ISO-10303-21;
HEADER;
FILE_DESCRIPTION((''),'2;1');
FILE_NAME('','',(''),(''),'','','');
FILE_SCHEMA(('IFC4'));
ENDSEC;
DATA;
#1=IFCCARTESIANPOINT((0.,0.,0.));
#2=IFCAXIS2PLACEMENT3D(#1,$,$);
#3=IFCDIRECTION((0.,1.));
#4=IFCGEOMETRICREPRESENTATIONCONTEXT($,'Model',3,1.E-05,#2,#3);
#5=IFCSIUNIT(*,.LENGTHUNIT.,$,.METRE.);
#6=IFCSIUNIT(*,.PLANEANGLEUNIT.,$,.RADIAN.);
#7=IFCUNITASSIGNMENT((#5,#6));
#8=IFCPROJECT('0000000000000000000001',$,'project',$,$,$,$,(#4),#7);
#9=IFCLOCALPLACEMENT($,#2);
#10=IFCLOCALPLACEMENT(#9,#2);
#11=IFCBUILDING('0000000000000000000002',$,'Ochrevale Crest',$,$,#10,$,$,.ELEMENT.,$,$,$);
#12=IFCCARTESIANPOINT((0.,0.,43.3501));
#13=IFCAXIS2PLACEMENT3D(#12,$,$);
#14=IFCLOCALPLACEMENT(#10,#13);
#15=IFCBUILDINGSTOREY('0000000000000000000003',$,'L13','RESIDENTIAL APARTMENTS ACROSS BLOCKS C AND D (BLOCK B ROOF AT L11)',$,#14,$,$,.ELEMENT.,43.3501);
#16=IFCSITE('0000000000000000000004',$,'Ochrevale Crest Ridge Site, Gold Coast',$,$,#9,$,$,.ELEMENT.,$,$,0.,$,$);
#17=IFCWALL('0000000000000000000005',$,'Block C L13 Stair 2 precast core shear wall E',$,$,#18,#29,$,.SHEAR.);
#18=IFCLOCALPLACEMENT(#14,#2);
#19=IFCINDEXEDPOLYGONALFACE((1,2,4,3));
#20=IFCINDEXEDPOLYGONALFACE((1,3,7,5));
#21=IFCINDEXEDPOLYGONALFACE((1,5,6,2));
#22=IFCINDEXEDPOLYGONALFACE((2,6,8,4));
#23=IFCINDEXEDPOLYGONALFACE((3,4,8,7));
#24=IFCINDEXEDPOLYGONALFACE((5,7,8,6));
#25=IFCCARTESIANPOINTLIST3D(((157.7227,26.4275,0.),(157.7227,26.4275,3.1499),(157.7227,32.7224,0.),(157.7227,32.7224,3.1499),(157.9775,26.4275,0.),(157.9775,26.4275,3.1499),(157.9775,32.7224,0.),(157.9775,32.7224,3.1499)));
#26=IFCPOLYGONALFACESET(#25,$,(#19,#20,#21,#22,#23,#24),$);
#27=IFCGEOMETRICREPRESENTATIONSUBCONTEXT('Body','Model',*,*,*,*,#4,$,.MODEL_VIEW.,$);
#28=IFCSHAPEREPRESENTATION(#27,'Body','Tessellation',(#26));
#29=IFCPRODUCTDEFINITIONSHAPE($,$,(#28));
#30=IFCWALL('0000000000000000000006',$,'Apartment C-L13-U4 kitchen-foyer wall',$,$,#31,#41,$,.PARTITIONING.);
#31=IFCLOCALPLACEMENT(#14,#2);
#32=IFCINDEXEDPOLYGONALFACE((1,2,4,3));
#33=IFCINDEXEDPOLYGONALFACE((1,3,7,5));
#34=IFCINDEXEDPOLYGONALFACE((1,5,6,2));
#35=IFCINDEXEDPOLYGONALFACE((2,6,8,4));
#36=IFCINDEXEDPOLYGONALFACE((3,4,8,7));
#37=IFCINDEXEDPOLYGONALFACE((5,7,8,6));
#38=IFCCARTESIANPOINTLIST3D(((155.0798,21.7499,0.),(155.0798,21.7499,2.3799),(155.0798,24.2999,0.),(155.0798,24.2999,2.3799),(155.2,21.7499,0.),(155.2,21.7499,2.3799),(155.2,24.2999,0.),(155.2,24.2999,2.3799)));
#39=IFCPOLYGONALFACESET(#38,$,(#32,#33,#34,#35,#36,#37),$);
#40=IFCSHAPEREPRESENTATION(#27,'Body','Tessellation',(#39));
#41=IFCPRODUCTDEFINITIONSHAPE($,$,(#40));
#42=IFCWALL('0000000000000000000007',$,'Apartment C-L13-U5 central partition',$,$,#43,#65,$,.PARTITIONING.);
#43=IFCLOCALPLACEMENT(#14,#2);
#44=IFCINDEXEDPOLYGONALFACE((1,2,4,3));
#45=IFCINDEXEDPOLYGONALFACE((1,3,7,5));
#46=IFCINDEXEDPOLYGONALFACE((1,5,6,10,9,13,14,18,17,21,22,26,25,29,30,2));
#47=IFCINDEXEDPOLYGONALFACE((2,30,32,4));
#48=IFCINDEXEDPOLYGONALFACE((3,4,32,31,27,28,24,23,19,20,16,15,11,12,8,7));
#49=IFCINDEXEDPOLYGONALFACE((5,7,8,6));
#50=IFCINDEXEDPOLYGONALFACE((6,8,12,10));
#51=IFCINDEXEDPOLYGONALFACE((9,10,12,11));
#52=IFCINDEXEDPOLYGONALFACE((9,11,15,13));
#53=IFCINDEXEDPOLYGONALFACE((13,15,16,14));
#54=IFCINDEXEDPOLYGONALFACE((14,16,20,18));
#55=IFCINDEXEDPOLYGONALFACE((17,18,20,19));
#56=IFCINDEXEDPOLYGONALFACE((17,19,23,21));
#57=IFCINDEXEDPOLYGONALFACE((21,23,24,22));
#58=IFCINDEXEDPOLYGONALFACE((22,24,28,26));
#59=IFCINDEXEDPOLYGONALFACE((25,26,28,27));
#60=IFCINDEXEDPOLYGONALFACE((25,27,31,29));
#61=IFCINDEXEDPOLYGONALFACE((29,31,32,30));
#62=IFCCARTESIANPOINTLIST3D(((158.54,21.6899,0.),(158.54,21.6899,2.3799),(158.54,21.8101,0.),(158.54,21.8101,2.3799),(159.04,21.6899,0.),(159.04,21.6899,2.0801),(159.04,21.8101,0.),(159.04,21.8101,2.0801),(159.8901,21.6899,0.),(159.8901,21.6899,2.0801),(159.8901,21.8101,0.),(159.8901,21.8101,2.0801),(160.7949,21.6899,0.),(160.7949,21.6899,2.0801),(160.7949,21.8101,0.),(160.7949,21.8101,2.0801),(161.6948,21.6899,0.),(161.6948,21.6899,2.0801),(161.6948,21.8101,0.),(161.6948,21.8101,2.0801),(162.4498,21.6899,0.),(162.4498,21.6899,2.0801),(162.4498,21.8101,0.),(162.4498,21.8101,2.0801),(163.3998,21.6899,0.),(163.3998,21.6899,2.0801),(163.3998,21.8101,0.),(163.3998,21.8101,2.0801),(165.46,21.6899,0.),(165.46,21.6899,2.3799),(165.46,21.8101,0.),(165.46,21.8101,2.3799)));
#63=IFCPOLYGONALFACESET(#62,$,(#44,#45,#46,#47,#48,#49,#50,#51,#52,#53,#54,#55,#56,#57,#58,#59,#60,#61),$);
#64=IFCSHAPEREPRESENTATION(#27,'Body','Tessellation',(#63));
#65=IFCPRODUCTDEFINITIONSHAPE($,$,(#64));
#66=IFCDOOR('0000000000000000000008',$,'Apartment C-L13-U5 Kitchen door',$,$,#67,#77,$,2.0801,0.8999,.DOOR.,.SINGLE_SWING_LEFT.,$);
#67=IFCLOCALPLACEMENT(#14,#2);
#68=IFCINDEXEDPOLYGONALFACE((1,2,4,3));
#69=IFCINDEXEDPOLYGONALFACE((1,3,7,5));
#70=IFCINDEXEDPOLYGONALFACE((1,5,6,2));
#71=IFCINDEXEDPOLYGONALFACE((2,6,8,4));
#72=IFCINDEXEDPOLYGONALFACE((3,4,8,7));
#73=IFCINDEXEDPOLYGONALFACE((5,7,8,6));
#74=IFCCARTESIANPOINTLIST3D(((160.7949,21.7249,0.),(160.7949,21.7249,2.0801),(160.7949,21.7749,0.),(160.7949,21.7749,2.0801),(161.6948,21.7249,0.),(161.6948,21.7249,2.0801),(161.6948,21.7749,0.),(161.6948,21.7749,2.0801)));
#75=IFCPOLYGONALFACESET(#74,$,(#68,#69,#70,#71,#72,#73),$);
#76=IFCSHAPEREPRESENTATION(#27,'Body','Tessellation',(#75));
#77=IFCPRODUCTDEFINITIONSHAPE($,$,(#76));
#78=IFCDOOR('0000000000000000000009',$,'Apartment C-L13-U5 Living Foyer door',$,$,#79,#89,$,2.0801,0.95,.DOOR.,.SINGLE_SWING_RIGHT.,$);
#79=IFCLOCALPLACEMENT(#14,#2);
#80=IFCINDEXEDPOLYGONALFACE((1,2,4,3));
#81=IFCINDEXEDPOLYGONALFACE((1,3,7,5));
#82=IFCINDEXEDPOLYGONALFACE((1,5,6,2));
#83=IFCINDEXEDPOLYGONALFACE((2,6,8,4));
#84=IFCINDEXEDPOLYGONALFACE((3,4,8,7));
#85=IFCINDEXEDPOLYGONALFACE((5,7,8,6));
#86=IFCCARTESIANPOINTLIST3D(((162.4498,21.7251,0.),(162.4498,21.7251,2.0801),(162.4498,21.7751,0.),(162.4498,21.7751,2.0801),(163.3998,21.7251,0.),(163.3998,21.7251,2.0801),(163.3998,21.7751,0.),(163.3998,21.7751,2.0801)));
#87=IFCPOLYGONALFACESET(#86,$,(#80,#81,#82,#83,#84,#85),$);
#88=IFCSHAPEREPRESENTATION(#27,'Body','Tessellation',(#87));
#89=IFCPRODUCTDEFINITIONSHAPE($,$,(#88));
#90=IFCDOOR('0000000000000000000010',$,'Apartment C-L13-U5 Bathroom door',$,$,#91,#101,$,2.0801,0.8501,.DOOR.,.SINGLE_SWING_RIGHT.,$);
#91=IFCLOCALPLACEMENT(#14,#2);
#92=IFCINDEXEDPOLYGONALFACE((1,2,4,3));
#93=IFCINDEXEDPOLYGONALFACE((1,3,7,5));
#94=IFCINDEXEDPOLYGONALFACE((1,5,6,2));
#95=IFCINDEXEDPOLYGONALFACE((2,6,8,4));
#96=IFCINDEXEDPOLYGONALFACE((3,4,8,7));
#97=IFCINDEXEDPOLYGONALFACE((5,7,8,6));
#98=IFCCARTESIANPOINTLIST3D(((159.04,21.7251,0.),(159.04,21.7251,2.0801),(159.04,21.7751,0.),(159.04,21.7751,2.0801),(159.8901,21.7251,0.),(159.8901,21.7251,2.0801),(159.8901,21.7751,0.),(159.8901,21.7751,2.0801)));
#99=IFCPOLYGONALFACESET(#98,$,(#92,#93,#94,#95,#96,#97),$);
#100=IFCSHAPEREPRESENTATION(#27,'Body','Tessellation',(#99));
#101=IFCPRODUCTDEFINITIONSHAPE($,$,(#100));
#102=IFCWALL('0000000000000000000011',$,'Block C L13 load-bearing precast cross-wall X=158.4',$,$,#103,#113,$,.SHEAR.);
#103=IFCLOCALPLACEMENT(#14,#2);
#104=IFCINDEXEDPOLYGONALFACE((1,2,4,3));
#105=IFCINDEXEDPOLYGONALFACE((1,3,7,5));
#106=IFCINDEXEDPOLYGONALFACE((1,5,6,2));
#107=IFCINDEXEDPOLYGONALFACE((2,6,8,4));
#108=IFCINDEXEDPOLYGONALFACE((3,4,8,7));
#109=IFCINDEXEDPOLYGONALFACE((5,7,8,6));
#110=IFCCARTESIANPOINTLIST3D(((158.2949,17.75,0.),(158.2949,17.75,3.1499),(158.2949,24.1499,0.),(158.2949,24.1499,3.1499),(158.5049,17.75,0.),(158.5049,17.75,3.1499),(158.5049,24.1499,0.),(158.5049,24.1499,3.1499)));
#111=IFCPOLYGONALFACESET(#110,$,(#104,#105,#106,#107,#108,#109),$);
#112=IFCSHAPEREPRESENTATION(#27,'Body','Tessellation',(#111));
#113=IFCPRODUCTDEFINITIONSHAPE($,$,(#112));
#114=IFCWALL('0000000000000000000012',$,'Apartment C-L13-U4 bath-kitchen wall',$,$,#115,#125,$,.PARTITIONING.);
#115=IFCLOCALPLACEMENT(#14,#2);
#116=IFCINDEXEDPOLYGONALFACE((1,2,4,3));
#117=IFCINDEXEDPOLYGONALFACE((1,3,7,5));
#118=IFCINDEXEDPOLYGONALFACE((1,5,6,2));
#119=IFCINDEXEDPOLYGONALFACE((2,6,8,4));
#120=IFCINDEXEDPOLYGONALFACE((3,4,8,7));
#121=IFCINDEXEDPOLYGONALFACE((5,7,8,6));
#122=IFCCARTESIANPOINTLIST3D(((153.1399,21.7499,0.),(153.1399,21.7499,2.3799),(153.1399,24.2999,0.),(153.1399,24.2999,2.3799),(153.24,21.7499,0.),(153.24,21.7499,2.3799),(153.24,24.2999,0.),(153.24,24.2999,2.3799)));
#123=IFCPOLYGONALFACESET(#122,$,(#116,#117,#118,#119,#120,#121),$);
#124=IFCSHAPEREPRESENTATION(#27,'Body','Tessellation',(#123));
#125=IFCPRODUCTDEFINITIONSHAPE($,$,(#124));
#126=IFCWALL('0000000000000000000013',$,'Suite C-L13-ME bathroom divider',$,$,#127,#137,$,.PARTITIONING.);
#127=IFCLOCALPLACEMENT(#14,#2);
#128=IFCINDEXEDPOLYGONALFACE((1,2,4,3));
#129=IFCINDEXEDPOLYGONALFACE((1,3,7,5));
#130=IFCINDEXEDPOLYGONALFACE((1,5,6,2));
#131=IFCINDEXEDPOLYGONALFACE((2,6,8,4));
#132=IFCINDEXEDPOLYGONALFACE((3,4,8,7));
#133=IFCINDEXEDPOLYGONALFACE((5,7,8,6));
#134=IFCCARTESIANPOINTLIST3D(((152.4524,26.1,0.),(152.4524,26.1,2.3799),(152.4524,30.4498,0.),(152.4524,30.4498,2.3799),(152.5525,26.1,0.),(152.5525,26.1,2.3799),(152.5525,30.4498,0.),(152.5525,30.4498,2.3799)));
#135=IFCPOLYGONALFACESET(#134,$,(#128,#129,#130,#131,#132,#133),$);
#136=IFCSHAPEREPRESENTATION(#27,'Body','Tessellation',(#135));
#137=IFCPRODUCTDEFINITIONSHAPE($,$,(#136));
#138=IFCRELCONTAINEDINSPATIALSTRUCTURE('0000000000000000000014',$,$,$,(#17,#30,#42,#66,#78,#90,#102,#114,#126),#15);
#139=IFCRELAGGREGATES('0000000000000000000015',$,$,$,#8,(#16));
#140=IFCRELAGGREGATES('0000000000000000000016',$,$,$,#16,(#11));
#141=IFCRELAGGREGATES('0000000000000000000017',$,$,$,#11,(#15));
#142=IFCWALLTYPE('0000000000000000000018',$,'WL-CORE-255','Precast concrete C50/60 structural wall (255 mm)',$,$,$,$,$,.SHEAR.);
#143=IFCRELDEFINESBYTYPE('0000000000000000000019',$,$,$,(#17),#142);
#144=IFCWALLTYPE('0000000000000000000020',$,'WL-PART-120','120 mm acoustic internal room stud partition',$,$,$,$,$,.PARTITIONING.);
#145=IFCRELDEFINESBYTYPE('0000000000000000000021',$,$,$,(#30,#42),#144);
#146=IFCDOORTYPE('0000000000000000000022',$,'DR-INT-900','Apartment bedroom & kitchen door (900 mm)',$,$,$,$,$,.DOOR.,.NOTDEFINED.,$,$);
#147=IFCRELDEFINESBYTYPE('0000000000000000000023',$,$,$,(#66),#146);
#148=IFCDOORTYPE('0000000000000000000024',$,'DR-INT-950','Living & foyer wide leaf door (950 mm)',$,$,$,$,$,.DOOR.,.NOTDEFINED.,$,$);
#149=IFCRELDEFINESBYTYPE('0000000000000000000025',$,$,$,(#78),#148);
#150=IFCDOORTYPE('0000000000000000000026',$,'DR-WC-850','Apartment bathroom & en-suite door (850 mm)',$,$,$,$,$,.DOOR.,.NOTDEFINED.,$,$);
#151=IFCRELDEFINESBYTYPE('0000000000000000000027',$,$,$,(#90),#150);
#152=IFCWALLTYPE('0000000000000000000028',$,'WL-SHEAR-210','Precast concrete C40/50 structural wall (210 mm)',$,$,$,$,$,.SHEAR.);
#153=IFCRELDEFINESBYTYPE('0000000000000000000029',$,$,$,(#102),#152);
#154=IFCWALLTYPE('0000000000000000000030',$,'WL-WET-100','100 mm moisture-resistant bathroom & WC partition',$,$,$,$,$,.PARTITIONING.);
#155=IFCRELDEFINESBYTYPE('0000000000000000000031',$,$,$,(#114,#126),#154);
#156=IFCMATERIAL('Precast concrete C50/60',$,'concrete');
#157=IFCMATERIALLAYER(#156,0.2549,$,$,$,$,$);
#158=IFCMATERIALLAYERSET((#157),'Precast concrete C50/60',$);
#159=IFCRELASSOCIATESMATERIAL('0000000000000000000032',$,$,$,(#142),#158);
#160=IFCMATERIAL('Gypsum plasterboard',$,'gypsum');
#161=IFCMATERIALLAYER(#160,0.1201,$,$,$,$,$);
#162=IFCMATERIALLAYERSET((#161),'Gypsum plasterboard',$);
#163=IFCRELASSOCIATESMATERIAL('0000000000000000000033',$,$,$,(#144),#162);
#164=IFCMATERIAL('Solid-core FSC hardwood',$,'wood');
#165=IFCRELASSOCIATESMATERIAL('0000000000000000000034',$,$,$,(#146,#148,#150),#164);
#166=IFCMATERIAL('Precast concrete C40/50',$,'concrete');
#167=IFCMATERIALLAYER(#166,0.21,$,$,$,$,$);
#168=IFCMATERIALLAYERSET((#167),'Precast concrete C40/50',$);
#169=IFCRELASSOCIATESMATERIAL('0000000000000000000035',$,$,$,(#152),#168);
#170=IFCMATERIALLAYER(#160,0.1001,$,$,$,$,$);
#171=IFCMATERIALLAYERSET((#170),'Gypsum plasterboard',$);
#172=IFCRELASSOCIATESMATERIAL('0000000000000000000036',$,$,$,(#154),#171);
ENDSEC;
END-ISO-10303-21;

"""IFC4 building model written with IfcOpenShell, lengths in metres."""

from ifc_helpers import new_model, si_unit, direction, frame, frame_2d, origin, place, context, subcontext, project, spatial, rectangle, extrude, material, layer, layer_set, type_object, element, fill, save


model = new_model("IFC4")

# Units and contexts
model_context = context("Model", 3, precision=1e-05, world=origin(), true_north=direction((0.0, 1.0)))
body_context = subcontext(model_context, "Body", "Model", "MODEL_VIEW")
ifc_project = project(units=[si_unit("LENGTHUNIT", "METRE"), si_unit("PLANEANGLEUNIT", "RADIAN")], contexts=[model_context])

# Site, building, storey
site_placement = place(None, origin())
site = spatial("IfcSite", under=ifc_project, at=site_placement, Name="Ochrevale Crest Ridge Site, Gold Coast", CompositionType="ELEMENT", RefElevation=0.0)
building_placement = place(site_placement, origin())
building = spatial("IfcBuilding", under=site, at=building_placement, Name="Ochrevale Crest", CompositionType="ELEMENT")
storey_placement = place(building_placement, frame((0.0, 0.0, 43.3501)))
storey = spatial("IfcBuildingStorey", under=building, at=storey_placement, Name="L13", Description="RESIDENTIAL APARTMENTS ACROSS BLOCKS C AND D (BLOCK B ROOF AT L11)", CompositionType="ELEMENT", Elevation=43.3501)

# Shared definitions
ifc_material_1 = material(Name="Precast concrete C40/50", Category="concrete")

# Shared definitions
ifc_material_2 = material(Name="Precast concrete C50/60", Category="concrete")

# Shared definitions
ifc_material_3 = material(Name="Gypsum plasterboard", Category="gypsum")
ifc_material_4 = material(Name="Solid-core FSC hardwood", Category="wood")
ifc_layer_1 = layer(ifc_material_2, 0.2549)
ifc_layer_set_1 = layer_set([ifc_layer_1], Name="Precast concrete C50/60")
wall_type_1 = type_object("IfcWallType", Name="WL-CORE-255", Description="Precast concrete C50/60 structural wall (255 mm)", PredefinedType="SHEAR", material=ifc_layer_set_1)

# Walls
for number, where, z_axis, x_axis, name in (
    (1, (157.8501, 26.4275, 0.0), (0.0, 0.0, 1.0), (0.0, 1.0, 0.0), "Block C L13 Stair 2 precast core shear wall E"),
):
    element("IfcWall", number, at=place(storey_placement, frame(where, z_axis=z_axis, x_axis=x_axis)), inside=storey, type_object=wall_type_1, Name=name, PredefinedType="SHEAR", context=body_context, shape_type="SweptSolid", body=[
        extrude(rectangle(XDim=6.2949, YDim=0.2549, at=frame_2d((3.1475, 0.0))), origin(), (0.0, 0.0, 1.0), 3.1499),
    ])
ifc_layer_2 = layer(ifc_material_3, 0.1201)
ifc_layer_set_2 = layer_set([ifc_layer_2], Name="Gypsum plasterboard")
wall_type_2 = type_object("IfcWallType", Name="WL-PART-120", Description="120 mm acoustic internal room stud partition", PredefinedType="PARTITIONING", material=ifc_layer_set_2)
wall_1_placement = place(storey_placement, frame((155.1399, 21.75, 0.0), z_axis=(0.0, 0.0, 1.0), x_axis=(0.0, 1.0, 0.0)))
element("IfcWall", 2, at=wall_1_placement, inside=storey, type_object=wall_type_2, Name="Apartment C-L13-U4 kitchen-foyer wall", PredefinedType="PARTITIONING", context=body_context, shape_type="SweptSolid", body=[
    extrude(rectangle(XDim=2.55, YDim=0.1201, at=frame_2d((1.2749, 0.0))), origin(), (0.0, 0.0, 1.0), 2.3799),
])

# Wall, openings, doors
wall_2_placement = place(storey_placement, frame((158.54, 21.75, 0.0), z_axis=(0.0, 0.0, 1.0), x_axis=(1.0, 0.0, 0.0)))
wall_2 = element("IfcWall", 3, at=wall_2_placement, inside=storey, type_object=wall_type_2, Name="Apartment C-L13-U5 central partition", PredefinedType="PARTITIONING", context=body_context, shape_type="SweptSolid", body=[
    extrude(rectangle(XDim=6.9199, YDim=0.1201, at=frame_2d((3.46, 0.0))), origin(), (0.0, 0.0, 1.0), 2.3799),
])
opening_1_placement = place(wall_2_placement, frame((1.3501, 0.0, 0.0), z_axis=(0.0, 0.0, 1.0), x_axis=(-1.0, 0.0, 0.0)))
opening_1 = element("IfcOpeningElement", 4, at=opening_1_placement, cuts=wall_2, PredefinedType="OPENING", context=body_context, shape_type="SweptSolid", body=[
    extrude(rectangle(XDim=0.8501, YDim=2.0801, at=frame_2d((0.425, 1.04))), frame((0.0, 0.0701, 0.0), z_axis=(0.0, -1.0, 0.0), x_axis=(1.0, 0.0, 0.0)), (0.0, 0.0, 1.0), 0.1401),
])
opening_2_placement = place(wall_2_placement, frame((2.2549, 0.0, 0.0)))
opening_2 = element("IfcOpeningElement", 5, at=opening_2_placement, cuts=wall_2, PredefinedType="OPENING", context=body_context, shape_type="SweptSolid", body=[
    extrude(rectangle(XDim=0.8999, YDim=2.0801, at=frame_2d((0.45, 1.04))), frame((0.0, 0.0701, 0.0), z_axis=(0.0, -1.0, 0.0), x_axis=(1.0, 0.0, 0.0)), (0.0, 0.0, 1.0), 0.1401),
])
opening_3_placement = place(wall_2_placement, frame((4.8599, 0.0, 0.0), z_axis=(0.0, 0.0, 1.0), x_axis=(-1.0, 0.0, 0.0)))
opening_3 = element("IfcOpeningElement", 6, at=opening_3_placement, cuts=wall_2, PredefinedType="OPENING", context=body_context, shape_type="SweptSolid", body=[
    extrude(rectangle(XDim=0.95, YDim=2.0801, at=frame_2d((0.4751, 1.04))), frame((0.0, 0.0701, 0.0), z_axis=(0.0, -1.0, 0.0), x_axis=(1.0, 0.0, 0.0)), (0.0, 0.0, 1.0), 0.1401),
])
door_type_1 = type_object("IfcDoorType", Name="DR-INT-900", Description="Apartment bedroom & kitchen door (900 mm)", OperationType="NOTDEFINED", PredefinedType="DOOR", material=ifc_material_4)
door_1_placement = place(opening_2_placement, origin())
door_1 = element("IfcDoor", 7, at=door_1_placement, inside=storey, type_object=door_type_1, Name="Apartment C-L13-U5 Kitchen door", OperationType="SINGLE_SWING_LEFT", OverallHeight=2.0801, OverallWidth=0.8999, PredefinedType="DOOR", context=body_context, shape_type="SweptSolid", body=[
    extrude(rectangle(XDim=0.8999, YDim=2.0801, at=frame_2d((0.45, 1.04))), frame((0.0, 0.0249, 0.0), z_axis=(0.0, -1.0, 0.0), x_axis=(1.0, 0.0, 0.0)), (0.0, 0.0, 1.0), 0.05),
])
fill(opening_2, door_1)
door_type_2 = type_object("IfcDoorType", Name="DR-INT-950", Description="Living & foyer wide leaf door (950 mm)", OperationType="NOTDEFINED", PredefinedType="DOOR", material=ifc_material_4)
door_2_placement = place(opening_3_placement, origin())
door_2 = element("IfcDoor", 8, at=door_2_placement, inside=storey, type_object=door_type_2, Name="Apartment C-L13-U5 Living Foyer door", OperationType="SINGLE_SWING_RIGHT", OverallHeight=2.0801, OverallWidth=0.95, PredefinedType="DOOR", context=body_context, shape_type="SweptSolid", body=[
    extrude(rectangle(XDim=0.95, YDim=2.0801, at=frame_2d((0.4751, 1.04))), frame((0.0, 0.0249, 0.0), z_axis=(0.0, -1.0, 0.0), x_axis=(1.0, 0.0, 0.0)), (0.0, 0.0, 1.0), 0.05),
])
fill(opening_3, door_2)
door_type_3 = type_object("IfcDoorType", Name="DR-WC-850", Description="Apartment bathroom & en-suite door (850 mm)", OperationType="NOTDEFINED", PredefinedType="DOOR", material=ifc_material_4)
door_3_placement = place(opening_1_placement, origin())
door_3 = element("IfcDoor", 9, at=door_3_placement, inside=storey, type_object=door_type_3, Name="Apartment C-L13-U5 Bathroom door", OperationType="SINGLE_SWING_RIGHT", OverallHeight=2.0801, OverallWidth=0.8501, PredefinedType="DOOR", context=body_context, shape_type="SweptSolid", body=[
    extrude(rectangle(XDim=0.8501, YDim=2.0801, at=frame_2d((0.425, 1.04))), frame((0.0, 0.0249, 0.0), z_axis=(0.0, -1.0, 0.0), x_axis=(1.0, 0.0, 0.0)), (0.0, 0.0, 1.0), 0.05),
])
fill(opening_1, door_3)

# Walls
ifc_layer_3 = layer(ifc_material_1, 0.21)
ifc_layer_set_3 = layer_set([ifc_layer_3], Name="Precast concrete C40/50")
wall_type_3 = type_object("IfcWallType", Name="WL-SHEAR-210", Description="Precast concrete C40/50 structural wall (210 mm)", PredefinedType="SHEAR", material=ifc_layer_set_3)
wall_3_placement = place(storey_placement, frame((158.3999, 17.75, 0.0), z_axis=(0.0, 0.0, 1.0), x_axis=(0.0, 1.0, 0.0)))
element("IfcWall", 10, at=wall_3_placement, inside=storey, type_object=wall_type_3, Name="Block C L13 load-bearing precast cross-wall X=158.4", PredefinedType="SHEAR", context=body_context, shape_type="SweptSolid", body=[
    extrude(rectangle(XDim=6.3999, YDim=0.21, at=frame_2d((3.2, 0.0))), origin(), (0.0, 0.0, 1.0), 3.1499),
])
ifc_layer_4 = layer(ifc_material_3, 0.1001)
ifc_layer_set_4 = layer_set([ifc_layer_4], Name="Gypsum plasterboard")
wall_type_4 = type_object("IfcWallType", Name="WL-WET-100", Description="100 mm moisture-resistant bathroom & WC partition", PredefinedType="PARTITIONING", material=ifc_layer_set_4)
wall_4_placement = place(storey_placement, frame((153.1899, 21.75, 0.0), z_axis=(0.0, 0.0, 1.0), x_axis=(0.0, 1.0, 0.0)))
element("IfcWall", 11, at=wall_4_placement, inside=storey, type_object=wall_type_4, Name="Apartment C-L13-U4 bath-kitchen wall", PredefinedType="PARTITIONING", context=body_context, shape_type="SweptSolid", body=[
    extrude(rectangle(XDim=2.55, YDim=0.1001, at=frame_2d((1.2749, 0.0))), origin(), (0.0, 0.0, 1.0), 2.3799),
])
wall_5_placement = place(storey_placement, frame((152.5024, 26.1001, 0.0), z_axis=(0.0, 0.0, 1.0), x_axis=(0.0, 1.0, 0.0)))
element("IfcWall", 12, at=wall_5_placement, inside=storey, type_object=wall_type_4, Name="Suite C-L13-ME bathroom divider", PredefinedType="PARTITIONING", context=body_context, shape_type="SweptSolid", body=[
    extrude(rectangle(XDim=4.3499, YDim=0.1001, at=frame_2d((2.1748, 0.0))), origin(), (0.0, 0.0, 1.0), 2.3799),
])

save(model, "model.ifc")
